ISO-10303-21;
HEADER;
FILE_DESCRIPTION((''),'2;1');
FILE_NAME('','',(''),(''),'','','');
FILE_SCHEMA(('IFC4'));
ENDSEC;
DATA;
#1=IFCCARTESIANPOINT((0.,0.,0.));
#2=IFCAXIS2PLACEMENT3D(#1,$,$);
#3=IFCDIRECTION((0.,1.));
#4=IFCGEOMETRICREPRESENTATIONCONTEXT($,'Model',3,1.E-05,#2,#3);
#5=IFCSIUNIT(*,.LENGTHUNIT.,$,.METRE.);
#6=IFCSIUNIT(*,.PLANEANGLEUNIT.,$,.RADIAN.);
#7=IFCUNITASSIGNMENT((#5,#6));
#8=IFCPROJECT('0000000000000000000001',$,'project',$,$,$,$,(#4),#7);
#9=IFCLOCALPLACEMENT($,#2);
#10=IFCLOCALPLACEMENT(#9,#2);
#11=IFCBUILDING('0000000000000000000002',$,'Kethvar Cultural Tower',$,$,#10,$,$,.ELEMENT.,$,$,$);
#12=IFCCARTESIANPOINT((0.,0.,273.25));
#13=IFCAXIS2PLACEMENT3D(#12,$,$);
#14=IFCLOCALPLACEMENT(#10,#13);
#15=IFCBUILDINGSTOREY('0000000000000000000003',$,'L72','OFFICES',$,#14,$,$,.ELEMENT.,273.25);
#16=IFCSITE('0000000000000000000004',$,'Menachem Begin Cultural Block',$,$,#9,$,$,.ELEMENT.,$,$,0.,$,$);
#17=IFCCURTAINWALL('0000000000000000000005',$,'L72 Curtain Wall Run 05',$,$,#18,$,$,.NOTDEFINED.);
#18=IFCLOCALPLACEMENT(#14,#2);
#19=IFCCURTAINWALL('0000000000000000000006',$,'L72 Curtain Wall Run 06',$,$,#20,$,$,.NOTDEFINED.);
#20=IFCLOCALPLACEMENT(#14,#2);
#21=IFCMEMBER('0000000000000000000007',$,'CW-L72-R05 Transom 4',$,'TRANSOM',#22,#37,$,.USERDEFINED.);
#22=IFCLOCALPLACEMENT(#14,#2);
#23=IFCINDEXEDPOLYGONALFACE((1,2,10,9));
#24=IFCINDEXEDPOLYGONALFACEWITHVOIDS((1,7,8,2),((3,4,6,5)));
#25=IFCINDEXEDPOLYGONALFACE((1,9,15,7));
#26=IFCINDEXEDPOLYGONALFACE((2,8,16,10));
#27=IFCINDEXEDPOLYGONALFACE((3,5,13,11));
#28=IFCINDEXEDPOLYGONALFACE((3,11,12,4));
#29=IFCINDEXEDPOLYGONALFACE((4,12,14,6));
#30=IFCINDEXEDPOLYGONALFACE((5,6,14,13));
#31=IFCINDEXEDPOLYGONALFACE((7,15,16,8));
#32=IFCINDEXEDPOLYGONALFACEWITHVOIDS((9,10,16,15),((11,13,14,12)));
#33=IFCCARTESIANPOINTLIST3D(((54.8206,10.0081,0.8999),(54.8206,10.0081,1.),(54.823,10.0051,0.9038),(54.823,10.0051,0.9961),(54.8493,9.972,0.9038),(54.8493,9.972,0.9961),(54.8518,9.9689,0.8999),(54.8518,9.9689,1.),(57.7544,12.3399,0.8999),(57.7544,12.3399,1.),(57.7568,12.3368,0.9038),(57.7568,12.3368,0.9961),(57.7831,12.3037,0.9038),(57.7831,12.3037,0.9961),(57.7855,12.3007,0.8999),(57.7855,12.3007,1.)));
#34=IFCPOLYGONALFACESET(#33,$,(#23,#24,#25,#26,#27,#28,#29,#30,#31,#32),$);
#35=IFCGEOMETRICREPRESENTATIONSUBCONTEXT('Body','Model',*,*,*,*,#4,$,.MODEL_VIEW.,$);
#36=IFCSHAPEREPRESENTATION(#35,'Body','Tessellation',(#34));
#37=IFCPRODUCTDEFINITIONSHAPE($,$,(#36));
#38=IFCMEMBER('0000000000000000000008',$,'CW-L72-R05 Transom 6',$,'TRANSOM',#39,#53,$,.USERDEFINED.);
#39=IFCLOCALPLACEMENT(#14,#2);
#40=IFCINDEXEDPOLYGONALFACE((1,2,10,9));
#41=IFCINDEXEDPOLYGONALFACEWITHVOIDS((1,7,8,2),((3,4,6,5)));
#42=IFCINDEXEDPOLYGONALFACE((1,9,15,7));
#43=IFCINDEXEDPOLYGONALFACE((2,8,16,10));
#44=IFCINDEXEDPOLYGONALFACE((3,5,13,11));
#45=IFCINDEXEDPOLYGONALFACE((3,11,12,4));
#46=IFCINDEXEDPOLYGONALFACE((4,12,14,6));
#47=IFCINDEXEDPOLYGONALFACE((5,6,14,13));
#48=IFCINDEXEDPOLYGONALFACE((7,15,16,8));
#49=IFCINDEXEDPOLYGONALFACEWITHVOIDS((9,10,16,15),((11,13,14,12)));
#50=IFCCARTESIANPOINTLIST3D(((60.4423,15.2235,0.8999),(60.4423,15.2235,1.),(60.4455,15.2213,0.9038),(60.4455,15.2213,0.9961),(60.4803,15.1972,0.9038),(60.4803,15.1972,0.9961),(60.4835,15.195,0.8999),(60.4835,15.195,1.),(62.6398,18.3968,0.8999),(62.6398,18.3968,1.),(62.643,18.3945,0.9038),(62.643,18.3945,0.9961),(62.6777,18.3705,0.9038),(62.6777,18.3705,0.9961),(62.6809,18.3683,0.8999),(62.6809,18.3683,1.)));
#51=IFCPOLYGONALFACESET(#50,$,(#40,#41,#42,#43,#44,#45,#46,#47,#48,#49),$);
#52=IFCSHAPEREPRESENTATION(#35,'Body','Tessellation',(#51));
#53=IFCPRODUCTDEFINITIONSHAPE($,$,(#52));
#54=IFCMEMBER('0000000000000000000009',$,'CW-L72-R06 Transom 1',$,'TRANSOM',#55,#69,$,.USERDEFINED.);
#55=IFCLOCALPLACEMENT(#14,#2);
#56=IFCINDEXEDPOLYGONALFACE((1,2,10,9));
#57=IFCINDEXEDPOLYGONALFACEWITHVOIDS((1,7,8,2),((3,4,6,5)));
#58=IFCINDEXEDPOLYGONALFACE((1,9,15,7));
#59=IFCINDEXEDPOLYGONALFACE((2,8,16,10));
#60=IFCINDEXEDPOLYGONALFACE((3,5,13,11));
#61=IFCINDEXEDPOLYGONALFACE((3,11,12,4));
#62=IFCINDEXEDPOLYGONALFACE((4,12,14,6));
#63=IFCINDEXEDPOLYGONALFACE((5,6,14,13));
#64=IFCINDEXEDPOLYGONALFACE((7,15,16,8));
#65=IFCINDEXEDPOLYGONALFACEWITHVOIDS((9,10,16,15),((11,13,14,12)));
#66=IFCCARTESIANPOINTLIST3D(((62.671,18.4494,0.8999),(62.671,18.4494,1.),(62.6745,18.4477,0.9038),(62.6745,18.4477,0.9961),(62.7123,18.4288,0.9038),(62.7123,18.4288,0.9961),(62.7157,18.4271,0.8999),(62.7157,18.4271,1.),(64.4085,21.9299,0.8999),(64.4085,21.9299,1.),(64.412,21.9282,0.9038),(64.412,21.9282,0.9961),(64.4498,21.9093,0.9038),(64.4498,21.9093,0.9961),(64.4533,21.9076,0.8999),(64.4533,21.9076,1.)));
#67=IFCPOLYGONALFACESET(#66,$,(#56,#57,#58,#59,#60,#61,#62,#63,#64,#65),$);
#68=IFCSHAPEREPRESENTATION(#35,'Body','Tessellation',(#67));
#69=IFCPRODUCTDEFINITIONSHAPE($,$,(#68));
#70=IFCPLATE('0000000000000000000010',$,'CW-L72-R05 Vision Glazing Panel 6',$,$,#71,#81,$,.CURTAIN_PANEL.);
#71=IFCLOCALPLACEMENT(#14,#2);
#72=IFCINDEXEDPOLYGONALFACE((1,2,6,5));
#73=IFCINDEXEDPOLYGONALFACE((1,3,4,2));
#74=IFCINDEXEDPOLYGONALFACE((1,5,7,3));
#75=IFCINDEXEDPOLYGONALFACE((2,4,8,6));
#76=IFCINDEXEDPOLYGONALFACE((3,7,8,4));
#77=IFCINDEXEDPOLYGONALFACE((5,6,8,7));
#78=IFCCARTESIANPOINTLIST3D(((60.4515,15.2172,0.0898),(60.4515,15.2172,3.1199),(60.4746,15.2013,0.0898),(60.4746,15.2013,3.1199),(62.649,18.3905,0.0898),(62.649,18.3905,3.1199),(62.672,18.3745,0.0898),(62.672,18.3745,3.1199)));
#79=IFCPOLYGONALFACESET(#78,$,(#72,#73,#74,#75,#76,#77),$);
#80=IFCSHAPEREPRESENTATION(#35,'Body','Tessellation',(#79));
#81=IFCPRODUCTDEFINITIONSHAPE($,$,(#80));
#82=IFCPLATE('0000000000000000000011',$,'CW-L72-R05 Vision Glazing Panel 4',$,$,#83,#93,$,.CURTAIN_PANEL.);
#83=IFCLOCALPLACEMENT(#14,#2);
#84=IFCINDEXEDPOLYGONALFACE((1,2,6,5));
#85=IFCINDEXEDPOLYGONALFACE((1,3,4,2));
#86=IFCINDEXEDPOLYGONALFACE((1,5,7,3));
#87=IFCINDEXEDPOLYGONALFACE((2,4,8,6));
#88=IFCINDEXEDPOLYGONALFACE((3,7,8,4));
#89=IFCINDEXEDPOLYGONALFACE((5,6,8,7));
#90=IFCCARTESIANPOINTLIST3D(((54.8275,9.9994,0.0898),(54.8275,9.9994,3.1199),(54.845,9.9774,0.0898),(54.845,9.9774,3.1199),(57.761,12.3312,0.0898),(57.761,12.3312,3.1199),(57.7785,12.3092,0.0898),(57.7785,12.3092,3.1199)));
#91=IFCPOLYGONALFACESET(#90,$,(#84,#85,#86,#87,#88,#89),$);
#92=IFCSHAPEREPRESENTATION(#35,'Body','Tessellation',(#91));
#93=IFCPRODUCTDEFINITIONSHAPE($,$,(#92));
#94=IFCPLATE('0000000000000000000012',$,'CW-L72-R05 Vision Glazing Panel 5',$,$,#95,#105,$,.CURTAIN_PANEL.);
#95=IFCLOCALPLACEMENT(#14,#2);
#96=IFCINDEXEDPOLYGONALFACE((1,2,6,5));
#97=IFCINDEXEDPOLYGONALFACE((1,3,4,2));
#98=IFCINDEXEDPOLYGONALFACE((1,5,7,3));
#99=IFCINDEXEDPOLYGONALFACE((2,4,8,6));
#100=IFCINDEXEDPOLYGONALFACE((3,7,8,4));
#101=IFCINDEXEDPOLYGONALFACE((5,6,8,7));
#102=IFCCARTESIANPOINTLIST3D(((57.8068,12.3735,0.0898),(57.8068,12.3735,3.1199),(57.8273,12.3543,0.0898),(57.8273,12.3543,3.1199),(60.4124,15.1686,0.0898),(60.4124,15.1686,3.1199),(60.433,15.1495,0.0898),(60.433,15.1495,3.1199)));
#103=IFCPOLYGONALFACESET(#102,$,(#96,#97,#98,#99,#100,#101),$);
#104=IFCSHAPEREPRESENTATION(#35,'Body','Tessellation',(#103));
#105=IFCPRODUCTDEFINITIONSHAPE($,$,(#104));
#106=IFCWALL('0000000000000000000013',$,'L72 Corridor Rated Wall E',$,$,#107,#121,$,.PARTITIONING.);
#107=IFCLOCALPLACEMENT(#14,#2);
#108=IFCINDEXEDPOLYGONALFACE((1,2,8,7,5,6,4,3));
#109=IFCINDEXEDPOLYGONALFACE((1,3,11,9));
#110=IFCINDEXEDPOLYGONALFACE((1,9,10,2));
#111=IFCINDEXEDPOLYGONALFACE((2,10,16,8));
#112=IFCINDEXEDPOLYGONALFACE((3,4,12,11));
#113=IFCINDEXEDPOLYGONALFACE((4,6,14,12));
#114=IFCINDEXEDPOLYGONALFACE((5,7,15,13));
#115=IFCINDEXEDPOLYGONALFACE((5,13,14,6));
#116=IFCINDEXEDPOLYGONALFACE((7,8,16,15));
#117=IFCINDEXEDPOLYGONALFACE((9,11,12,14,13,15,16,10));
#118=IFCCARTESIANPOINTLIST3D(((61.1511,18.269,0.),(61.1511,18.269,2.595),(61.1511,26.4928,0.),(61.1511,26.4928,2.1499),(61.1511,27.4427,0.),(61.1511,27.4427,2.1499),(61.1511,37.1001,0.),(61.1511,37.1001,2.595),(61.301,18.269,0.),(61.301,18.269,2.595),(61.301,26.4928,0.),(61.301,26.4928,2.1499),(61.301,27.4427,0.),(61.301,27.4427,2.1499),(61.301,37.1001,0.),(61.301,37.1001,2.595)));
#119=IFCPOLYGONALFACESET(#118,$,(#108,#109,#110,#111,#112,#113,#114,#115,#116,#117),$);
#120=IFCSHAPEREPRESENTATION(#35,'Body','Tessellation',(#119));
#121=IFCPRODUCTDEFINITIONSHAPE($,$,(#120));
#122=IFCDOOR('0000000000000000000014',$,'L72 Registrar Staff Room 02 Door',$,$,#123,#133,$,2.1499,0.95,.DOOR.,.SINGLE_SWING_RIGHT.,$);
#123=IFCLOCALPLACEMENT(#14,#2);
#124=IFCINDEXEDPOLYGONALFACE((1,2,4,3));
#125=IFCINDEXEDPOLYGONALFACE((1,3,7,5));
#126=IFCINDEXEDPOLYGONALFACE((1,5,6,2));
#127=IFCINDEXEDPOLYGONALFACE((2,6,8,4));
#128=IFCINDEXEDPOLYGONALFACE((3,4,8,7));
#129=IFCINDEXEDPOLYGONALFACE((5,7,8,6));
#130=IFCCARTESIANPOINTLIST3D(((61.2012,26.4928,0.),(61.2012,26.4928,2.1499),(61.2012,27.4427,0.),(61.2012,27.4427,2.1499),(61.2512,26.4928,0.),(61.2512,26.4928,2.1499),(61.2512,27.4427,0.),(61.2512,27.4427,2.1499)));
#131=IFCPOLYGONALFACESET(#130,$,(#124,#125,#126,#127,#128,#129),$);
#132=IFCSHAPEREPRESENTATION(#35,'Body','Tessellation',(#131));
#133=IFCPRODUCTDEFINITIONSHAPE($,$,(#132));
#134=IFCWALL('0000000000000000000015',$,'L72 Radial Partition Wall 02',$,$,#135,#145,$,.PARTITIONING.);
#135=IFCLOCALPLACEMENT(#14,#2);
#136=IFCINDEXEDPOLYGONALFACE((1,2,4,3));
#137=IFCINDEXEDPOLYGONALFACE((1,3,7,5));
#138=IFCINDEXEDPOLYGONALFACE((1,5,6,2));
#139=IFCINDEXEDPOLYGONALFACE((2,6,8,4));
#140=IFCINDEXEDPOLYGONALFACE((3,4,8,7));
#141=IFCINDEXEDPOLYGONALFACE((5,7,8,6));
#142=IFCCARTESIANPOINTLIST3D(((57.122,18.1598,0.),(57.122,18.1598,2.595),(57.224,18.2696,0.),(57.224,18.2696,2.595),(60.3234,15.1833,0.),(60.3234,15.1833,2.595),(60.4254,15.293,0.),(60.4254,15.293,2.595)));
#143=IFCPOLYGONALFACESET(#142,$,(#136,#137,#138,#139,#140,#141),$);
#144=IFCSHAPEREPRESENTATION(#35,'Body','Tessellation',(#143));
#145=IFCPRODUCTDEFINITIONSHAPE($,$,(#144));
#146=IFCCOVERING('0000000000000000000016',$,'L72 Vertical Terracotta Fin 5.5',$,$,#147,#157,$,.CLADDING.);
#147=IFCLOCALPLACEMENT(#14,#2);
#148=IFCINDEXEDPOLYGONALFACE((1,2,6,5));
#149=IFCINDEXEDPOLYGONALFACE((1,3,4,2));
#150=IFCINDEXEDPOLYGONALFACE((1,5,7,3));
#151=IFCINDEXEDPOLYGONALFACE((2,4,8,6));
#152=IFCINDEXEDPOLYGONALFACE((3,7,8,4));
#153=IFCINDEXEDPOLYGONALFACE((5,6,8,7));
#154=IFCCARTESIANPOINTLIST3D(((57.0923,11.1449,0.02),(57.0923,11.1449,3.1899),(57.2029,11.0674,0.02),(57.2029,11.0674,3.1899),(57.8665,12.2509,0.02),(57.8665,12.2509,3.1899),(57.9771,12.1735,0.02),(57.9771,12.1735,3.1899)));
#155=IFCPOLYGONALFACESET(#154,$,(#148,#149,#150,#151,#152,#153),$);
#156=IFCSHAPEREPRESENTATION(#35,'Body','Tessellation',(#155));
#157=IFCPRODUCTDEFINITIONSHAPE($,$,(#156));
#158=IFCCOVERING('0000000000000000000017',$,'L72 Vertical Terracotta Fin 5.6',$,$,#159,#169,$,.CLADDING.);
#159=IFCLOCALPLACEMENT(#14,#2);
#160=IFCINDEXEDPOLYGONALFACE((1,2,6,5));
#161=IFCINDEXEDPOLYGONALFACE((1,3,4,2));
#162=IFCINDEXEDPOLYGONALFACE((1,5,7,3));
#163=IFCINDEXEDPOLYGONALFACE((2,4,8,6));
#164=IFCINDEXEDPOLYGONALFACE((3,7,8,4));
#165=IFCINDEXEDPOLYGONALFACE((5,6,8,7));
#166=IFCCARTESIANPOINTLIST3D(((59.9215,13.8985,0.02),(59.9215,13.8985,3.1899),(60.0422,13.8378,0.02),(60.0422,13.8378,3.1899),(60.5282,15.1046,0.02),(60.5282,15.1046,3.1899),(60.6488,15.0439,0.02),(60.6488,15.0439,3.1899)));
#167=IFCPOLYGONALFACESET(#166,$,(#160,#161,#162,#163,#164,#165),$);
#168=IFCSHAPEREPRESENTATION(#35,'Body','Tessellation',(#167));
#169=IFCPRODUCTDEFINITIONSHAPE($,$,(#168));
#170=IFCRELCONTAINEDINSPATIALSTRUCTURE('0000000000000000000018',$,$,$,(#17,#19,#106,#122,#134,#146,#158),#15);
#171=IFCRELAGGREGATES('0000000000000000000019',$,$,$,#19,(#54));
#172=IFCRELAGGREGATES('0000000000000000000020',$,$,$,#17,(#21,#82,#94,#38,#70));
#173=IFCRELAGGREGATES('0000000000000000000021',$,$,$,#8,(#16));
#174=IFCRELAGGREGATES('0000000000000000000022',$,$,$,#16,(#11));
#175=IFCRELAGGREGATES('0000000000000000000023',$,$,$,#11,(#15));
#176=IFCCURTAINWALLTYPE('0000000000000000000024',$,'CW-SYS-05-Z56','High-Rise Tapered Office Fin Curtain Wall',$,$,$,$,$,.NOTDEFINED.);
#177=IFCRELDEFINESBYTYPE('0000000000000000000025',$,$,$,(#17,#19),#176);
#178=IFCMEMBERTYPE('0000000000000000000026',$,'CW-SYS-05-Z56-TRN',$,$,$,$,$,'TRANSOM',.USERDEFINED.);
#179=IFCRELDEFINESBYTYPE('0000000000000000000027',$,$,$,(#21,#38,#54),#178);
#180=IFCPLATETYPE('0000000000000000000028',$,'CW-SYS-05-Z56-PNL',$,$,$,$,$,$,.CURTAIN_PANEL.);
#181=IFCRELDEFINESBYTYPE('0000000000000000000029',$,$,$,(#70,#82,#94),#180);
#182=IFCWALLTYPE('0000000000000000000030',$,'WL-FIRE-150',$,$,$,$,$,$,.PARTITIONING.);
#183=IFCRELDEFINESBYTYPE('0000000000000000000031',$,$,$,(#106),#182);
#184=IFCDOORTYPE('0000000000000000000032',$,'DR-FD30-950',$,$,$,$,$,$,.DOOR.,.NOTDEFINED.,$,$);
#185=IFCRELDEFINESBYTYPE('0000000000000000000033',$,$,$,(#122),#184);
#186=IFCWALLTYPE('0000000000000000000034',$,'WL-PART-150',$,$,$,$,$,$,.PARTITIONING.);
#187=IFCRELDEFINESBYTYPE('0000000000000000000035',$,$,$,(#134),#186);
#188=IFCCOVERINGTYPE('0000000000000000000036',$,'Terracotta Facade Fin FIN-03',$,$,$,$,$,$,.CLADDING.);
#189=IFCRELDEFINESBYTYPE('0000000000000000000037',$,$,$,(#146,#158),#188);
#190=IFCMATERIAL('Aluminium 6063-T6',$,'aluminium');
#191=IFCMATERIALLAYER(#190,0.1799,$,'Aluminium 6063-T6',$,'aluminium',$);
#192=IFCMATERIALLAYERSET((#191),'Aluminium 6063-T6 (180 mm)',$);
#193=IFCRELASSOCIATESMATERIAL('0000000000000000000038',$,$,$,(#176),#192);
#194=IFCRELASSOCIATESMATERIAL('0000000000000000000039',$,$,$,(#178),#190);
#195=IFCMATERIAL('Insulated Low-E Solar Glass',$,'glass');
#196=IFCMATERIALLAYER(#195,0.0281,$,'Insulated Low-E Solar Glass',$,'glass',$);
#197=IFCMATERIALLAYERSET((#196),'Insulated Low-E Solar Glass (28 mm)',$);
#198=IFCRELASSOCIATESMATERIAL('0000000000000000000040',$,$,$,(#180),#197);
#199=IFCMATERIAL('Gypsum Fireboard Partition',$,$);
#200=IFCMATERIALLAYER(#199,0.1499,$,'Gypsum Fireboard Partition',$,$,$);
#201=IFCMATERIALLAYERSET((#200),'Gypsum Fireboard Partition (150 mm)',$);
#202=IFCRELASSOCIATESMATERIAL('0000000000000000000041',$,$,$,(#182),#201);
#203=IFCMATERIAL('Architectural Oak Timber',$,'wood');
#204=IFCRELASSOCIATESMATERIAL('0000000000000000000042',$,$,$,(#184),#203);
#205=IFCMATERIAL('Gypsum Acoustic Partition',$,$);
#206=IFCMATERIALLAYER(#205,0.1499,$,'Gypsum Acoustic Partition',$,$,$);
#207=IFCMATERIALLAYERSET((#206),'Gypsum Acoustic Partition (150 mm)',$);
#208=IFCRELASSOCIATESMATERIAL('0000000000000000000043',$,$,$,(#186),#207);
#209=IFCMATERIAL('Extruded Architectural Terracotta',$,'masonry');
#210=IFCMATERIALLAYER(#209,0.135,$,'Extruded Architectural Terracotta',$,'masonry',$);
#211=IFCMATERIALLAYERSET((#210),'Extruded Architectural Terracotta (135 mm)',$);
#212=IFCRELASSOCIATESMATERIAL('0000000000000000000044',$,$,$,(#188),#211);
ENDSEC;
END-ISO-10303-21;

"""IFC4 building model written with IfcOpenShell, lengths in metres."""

from ifc_helpers import new_model, si_unit, direction, frame, frame_2d, origin, origin_2d, place, context, subcontext, project, spatial, rectangle, hollow_rectangle, extrude, source, transform, mapped, material, layer, layer_set, material_profile, profile_set, type_object, element, fill, aggregate, save


model = new_model("IFC4")

# Units and contexts
model_context = context("Model", 3, precision=1e-05, world=origin(), true_north=direction((0.0, 1.0)))
body_context = subcontext(model_context, "Body", "Model", "MODEL_VIEW")
ifc_project = project(units=[si_unit("LENGTHUNIT", "METRE"), si_unit("PLANEANGLEUNIT", "RADIAN")], contexts=[model_context])

# Site, building, storey
site_placement = place(None, origin())
site = spatial("IfcSite", under=ifc_project, at=site_placement, Name="Menachem Begin Cultural Block", CompositionType="ELEMENT", RefElevation=0.0)
building_placement = place(site_placement, origin())
building = spatial("IfcBuilding", under=site, at=building_placement, Name="Kethvar Cultural Tower", CompositionType="ELEMENT")
storey_placement = place(building_placement, frame((0.0, 0.0, 273.25)))
storey = spatial("IfcBuildingStorey", under=building, at=storey_placement, Name="L72", Description="OFFICES", CompositionType="ELEMENT", Elevation=273.25)

# Curtain wall
ifc_material_1 = material(Name="Aluminium 6063-T6", Category="aluminium")
ifc_layer_1 = layer(ifc_material_1, 0.1799, Name="Aluminium 6063-T6", Category="aluminium")
ifc_layer_set_1 = layer_set([ifc_layer_1], Name="Aluminium 6063-T6 (180 mm)")
curtain_wall_type = type_object("IfcCurtainWallType", Name="CW-SYS-05-Z56", Description="High-Rise Tapered Office Fin Curtain Wall", PredefinedType="NOTDEFINED", material=ifc_layer_set_1)
curtain_wall_1_placement = place(storey_placement, origin())
curtain_wall_1 = element("IfcCurtainWall", 1, at=curtain_wall_1_placement, inside=storey, type_object=curtain_wall_type, Name="L72 Curtain Wall Run 05", PredefinedType="NOTDEFINED")

# Curtain wall
curtain_wall_2_placement = place(storey_placement, origin())
curtain_wall_2 = element("IfcCurtainWall", 2, at=curtain_wall_2_placement, inside=storey, type_object=curtain_wall_type, Name="L72 Curtain Wall Run 06", PredefinedType="NOTDEFINED")

# Members
ifc_material_profile_1 = material_profile(ifc_material_1, hollow_rectangle(XDim=0.05, YDim=0.1001, WallThickness=0.0039, at=origin_2d()), Name="Aluminium 6063-T6 — RHS100x50x4")
ifc_profile_set_1 = profile_set([ifc_material_profile_1], Name="Aluminium 6063-T6 — RHS100x50x4")
member_type_1 = type_object("IfcMemberType", Name="CW-SYS-05-Z56-TRN", ElementType="TRANSOM", PredefinedType="USERDEFINED", material=ifc_profile_set_1)
shared_shape_1 = source(origin(), body_context, "Body", "SweptSolid", [
    extrude(hollow_rectangle(XDim=0.05, YDim=0.1001, WallThickness=0.0039, at=origin_2d()), origin(), (0.0, 0.0, 1.0), 3.7476),
])
member_1_placement = place(storey_placement, frame((54.8362, 9.9885, 0.95), z_axis=(0.782854, 0.622205, 0.0), x_axis=(-0.622205, 0.782854, 0.0)))
member_1 = element("IfcMember", 3, at=member_1_placement, type_object=member_type_1, Name="CW-L72-R05 Transom 4", ObjectType="TRANSOM", PredefinedType="USERDEFINED", context=body_context, shape_type="MappedRepresentation", body=[
    mapped(shared_shape_1, transform((0.0, 0.0, 0.0), scale=1.0)),
])
shared_shape_2 = source(origin(), body_context, "Body", "SweptSolid", [
    extrude(hollow_rectangle(XDim=0.05, YDim=0.1001, WallThickness=0.0039, at=origin_2d()), origin(), (0.0, 0.0, 1.0), 3.8599),
])
member_2_placement = place(storey_placement, frame((60.4629, 15.2092, 0.95), z_axis=(0.569312, 0.822122, 0.0), x_axis=(-0.822122, 0.569312, 0.0)))
member_2 = element("IfcMember", 4, at=member_2_placement, type_object=member_type_1, Name="CW-L72-R05 Transom 6", ObjectType="TRANSOM", PredefinedType="USERDEFINED", context=body_context, shape_type="MappedRepresentation", body=[
    mapped(shared_shape_2, transform((0.0, 0.0, 0.0), scale=1.0)),
])
shared_shape_3 = source(origin(), body_context, "Body", "SweptSolid", [
    extrude(hollow_rectangle(XDim=0.05, YDim=0.1001, WallThickness=0.0039, at=origin_2d()), origin(), (0.0, 0.0, 1.0), 3.8901),
])
member_3_placement = place(storey_placement, frame((62.6934, 18.4382, 0.95), z_axis=(0.446661, 0.894703, 0.0), x_axis=(-0.894703, 0.446661, 0.0)))
member_3 = element("IfcMember", 5, at=member_3_placement, type_object=member_type_1, Name="CW-L72-R06 Transom 1", ObjectType="TRANSOM", PredefinedType="USERDEFINED", context=body_context, shape_type="MappedRepresentation", body=[
    mapped(shared_shape_3, transform((0.0, 0.0, 0.0), scale=1.0)),
])
aggregate(curtain_wall_2, [member_3])

# Plates
ifc_material_2 = material(Name="Insulated Low-E Solar Glass", Category="glass")
ifc_layer_2 = layer(ifc_material_2, 0.0281, Name="Insulated Low-E Solar Glass", Category="glass")
ifc_layer_set_2 = layer_set([ifc_layer_2], Name="Insulated Low-E Solar Glass (28 mm)")
plate_type = type_object("IfcPlateType", Name="CW-SYS-05-Z56-PNL", PredefinedType="CURTAIN_PANEL", material=ifc_layer_set_2)
shared_shape_4 = source(origin(), body_context, "Body", "SweptSolid", [
    extrude(rectangle(XDim=3.8599, YDim=0.0281, at=origin_2d()), origin(), (0.0, 0.0, 1.0), 3.03),
])
plate_1_placement = place(storey_placement, frame((61.5618, 16.7959, 0.0898), z_axis=(0.0, 0.0, 1.0), x_axis=(0.569308, 0.822124, 0.0)))
plate_1 = element("IfcPlate", 6, at=plate_1_placement, type_object=plate_type, Name="CW-L72-R05 Vision Glazing Panel 6", PredefinedType="CURTAIN_PANEL", context=body_context, shape_type="MappedRepresentation", body=[
    mapped(shared_shape_4, transform((0.0, 0.0, 0.0), scale=1.0)),
])
shared_shape_5 = source(origin(), body_context, "Body", "SweptSolid", [
    extrude(rectangle(XDim=3.7473, YDim=0.0281, at=origin_2d()), origin(), (0.0, 0.0, 1.0), 3.03),
])
plate_2_placement = place(storey_placement, frame((56.303, 11.1543, 0.0898), z_axis=(0.0, 0.0, 1.0), x_axis=(0.782825, 0.622241, 0.0)))
plate_2 = element("IfcPlate", 7, at=plate_2_placement, type_object=plate_type, Name="CW-L72-R05 Vision Glazing Panel 4", PredefinedType="CURTAIN_PANEL", context=body_context, shape_type="MappedRepresentation", body=[
    mapped(shared_shape_5, transform((0.0, 0.0, 0.0), scale=1.0)),
])
shared_shape_6 = source(origin(), body_context, "Body", "SweptSolid", [
    extrude(rectangle(XDim=3.8213, YDim=0.0281, at=origin_2d()), origin(), (0.0, 0.0, 1.0), 3.03),
])
plate_3_placement = place(storey_placement, frame((59.1199, 13.7615, 0.0898), z_axis=(0.0, 0.0, 1.0), x_axis=(0.681871, 0.731473, 0.0)))
plate_3 = element("IfcPlate", 8, at=plate_3_placement, type_object=plate_type, Name="CW-L72-R05 Vision Glazing Panel 5", PredefinedType="CURTAIN_PANEL", context=body_context, shape_type="MappedRepresentation", body=[
    mapped(shared_shape_6, transform((0.0, 0.0, 0.0), scale=1.0)),
])
aggregate(curtain_wall_1, [member_1, plate_2, plate_3, member_2, plate_1])

# Wall, opening, door
ifc_material_3 = material(Name="Gypsum Fireboard Partition")
ifc_layer_3 = layer(ifc_material_3, 0.1499, Name="Gypsum Fireboard Partition")
ifc_layer_set_3 = layer_set([ifc_layer_3], Name="Gypsum Fireboard Partition (150 mm)")
wall_type_1 = type_object("IfcWallType", Name="WL-FIRE-150", PredefinedType="PARTITIONING", material=ifc_layer_set_3)
wall_1_placement = place(storey_placement, frame((61.2261, 18.269, 0.0), z_axis=(0.0, 0.0, 1.0), x_axis=(0.0, 1.0, 0.0)))
wall_1 = element("IfcWall", 9, at=wall_1_placement, inside=storey, type_object=wall_type_1, Name="L72 Corridor Rated Wall E", PredefinedType="PARTITIONING", context=body_context, shape_type="SweptSolid", body=[
    extrude(rectangle(XDim=18.8311, YDim=0.1499, at=frame_2d((9.4155, 0.0))), origin(), (0.0, 0.0, 1.0), 2.595),
])
opening_placement = place(wall_1_placement, frame((8.2236, 0.0, 0.0)))
opening = element("IfcOpeningElement", 10, at=opening_placement, cuts=wall_1, PredefinedType="OPENING", context=body_context, shape_type="SweptSolid", body=[
    extrude(rectangle(XDim=0.95, YDim=2.1499, at=frame_2d((0.4751, 1.075))), frame((0.0, 0.085, 0.0), z_axis=(0.0, -1.0, 0.0), x_axis=(1.0, 0.0, 0.0)), (0.0, 0.0, 1.0), 0.1699),
])
ifc_material_4 = material(Name="Architectural Oak Timber", Category="wood")
door_type = type_object("IfcDoorType", Name="DR-FD30-950", OperationType="NOTDEFINED", PredefinedType="DOOR", material=ifc_material_4)
shared_shape_7 = source(origin(), body_context, "Body", "SweptSolid", [
    extrude(rectangle(XDim=0.95, YDim=2.1499, at=frame_2d((0.4751, 1.075))), frame((0.0, 0.0249, 0.0), z_axis=(0.0, -1.0, 0.0), x_axis=(1.0, 0.0, 0.0)), (0.0, 0.0, 1.0), 0.05),
])
door_placement = place(opening_placement, origin())
door = element("IfcDoor", 11, at=door_placement, inside=storey, type_object=door_type, Name="L72 Registrar Staff Room 02 Door", OperationType="SINGLE_SWING_RIGHT", OverallHeight=2.1499, OverallWidth=0.95, PredefinedType="DOOR", context=body_context, shape_type="MappedRepresentation", body=[
    mapped(shared_shape_7, transform((0.0, 0.0, 0.0), scale=1.0)),
])
fill(opening, door)

# Wall
ifc_material_5 = material(Name="Gypsum Acoustic Partition")
ifc_layer_4 = layer(ifc_material_5, 0.1499, Name="Gypsum Acoustic Partition")
ifc_layer_set_4 = layer_set([ifc_layer_4], Name="Gypsum Acoustic Partition (150 mm)")
wall_type_2 = type_object("IfcWallType", Name="WL-PART-150", PredefinedType="PARTITIONING", material=ifc_layer_set_4)
wall_2_placement = place(storey_placement, frame((57.1731, 18.2146, 0.0), z_axis=(0.0, 0.0, 1.0), x_axis=(0.732358, -0.68092, 0.0)))
element("IfcWall", 12, at=wall_2_placement, inside=storey, type_object=wall_type_2, Name="L72 Radial Partition Wall 02", PredefinedType="PARTITIONING", context=body_context, shape_type="SweptSolid", body=[
    extrude(rectangle(XDim=4.3713, YDim=0.1499, at=frame_2d((2.1855, 0.0))), origin(), (0.0, 0.0, 1.0), 2.595),
])

# Coverings
ifc_material_6 = material(Name="Extruded Architectural Terracotta", Category="masonry")
ifc_layer_5 = layer(ifc_material_6, 0.135, Name="Extruded Architectural Terracotta", Category="masonry")
ifc_layer_set_5 = layer_set([ifc_layer_5], Name="Extruded Architectural Terracotta (135 mm)")
covering_type = type_object("IfcCoveringType", Name="Terracotta Facade Fin FIN-03", PredefinedType="CLADDING", material=ifc_layer_set_5)
shared_shape_8 = source(origin(), body_context, "Body", "SweptSolid", [
    extrude(rectangle(XDim=1.3501, YDim=0.135, at=origin_2d()), origin(), (0.0, 0.0, 1.0), 3.1699),
])
for number, where, z_axis, x_axis, name in (
    (13, (57.5347, 11.6592, 0.02), (0.0, 0.0, 1.0), (-0.573433, -0.819252, 0.0), "L72 Vertical Terracotta Fin 5.5"),
    (14, (60.2852, 14.4712, 0.02), (0.0, 0.0, 1.0), (-0.449319, -0.893371, 0.0), "L72 Vertical Terracotta Fin 5.6"),
):
    element("IfcCovering", number, at=place(storey_placement, frame(where, z_axis=z_axis, x_axis=x_axis)), inside=storey, type_object=covering_type, Name=name, PredefinedType="CLADDING", context=body_context, shape_type="MappedRepresentation", body=[
        mapped(shared_shape_8, transform((0.0, 0.0, 0.0), scale=1.0)),
    ])

save(model, "model.ifc")
